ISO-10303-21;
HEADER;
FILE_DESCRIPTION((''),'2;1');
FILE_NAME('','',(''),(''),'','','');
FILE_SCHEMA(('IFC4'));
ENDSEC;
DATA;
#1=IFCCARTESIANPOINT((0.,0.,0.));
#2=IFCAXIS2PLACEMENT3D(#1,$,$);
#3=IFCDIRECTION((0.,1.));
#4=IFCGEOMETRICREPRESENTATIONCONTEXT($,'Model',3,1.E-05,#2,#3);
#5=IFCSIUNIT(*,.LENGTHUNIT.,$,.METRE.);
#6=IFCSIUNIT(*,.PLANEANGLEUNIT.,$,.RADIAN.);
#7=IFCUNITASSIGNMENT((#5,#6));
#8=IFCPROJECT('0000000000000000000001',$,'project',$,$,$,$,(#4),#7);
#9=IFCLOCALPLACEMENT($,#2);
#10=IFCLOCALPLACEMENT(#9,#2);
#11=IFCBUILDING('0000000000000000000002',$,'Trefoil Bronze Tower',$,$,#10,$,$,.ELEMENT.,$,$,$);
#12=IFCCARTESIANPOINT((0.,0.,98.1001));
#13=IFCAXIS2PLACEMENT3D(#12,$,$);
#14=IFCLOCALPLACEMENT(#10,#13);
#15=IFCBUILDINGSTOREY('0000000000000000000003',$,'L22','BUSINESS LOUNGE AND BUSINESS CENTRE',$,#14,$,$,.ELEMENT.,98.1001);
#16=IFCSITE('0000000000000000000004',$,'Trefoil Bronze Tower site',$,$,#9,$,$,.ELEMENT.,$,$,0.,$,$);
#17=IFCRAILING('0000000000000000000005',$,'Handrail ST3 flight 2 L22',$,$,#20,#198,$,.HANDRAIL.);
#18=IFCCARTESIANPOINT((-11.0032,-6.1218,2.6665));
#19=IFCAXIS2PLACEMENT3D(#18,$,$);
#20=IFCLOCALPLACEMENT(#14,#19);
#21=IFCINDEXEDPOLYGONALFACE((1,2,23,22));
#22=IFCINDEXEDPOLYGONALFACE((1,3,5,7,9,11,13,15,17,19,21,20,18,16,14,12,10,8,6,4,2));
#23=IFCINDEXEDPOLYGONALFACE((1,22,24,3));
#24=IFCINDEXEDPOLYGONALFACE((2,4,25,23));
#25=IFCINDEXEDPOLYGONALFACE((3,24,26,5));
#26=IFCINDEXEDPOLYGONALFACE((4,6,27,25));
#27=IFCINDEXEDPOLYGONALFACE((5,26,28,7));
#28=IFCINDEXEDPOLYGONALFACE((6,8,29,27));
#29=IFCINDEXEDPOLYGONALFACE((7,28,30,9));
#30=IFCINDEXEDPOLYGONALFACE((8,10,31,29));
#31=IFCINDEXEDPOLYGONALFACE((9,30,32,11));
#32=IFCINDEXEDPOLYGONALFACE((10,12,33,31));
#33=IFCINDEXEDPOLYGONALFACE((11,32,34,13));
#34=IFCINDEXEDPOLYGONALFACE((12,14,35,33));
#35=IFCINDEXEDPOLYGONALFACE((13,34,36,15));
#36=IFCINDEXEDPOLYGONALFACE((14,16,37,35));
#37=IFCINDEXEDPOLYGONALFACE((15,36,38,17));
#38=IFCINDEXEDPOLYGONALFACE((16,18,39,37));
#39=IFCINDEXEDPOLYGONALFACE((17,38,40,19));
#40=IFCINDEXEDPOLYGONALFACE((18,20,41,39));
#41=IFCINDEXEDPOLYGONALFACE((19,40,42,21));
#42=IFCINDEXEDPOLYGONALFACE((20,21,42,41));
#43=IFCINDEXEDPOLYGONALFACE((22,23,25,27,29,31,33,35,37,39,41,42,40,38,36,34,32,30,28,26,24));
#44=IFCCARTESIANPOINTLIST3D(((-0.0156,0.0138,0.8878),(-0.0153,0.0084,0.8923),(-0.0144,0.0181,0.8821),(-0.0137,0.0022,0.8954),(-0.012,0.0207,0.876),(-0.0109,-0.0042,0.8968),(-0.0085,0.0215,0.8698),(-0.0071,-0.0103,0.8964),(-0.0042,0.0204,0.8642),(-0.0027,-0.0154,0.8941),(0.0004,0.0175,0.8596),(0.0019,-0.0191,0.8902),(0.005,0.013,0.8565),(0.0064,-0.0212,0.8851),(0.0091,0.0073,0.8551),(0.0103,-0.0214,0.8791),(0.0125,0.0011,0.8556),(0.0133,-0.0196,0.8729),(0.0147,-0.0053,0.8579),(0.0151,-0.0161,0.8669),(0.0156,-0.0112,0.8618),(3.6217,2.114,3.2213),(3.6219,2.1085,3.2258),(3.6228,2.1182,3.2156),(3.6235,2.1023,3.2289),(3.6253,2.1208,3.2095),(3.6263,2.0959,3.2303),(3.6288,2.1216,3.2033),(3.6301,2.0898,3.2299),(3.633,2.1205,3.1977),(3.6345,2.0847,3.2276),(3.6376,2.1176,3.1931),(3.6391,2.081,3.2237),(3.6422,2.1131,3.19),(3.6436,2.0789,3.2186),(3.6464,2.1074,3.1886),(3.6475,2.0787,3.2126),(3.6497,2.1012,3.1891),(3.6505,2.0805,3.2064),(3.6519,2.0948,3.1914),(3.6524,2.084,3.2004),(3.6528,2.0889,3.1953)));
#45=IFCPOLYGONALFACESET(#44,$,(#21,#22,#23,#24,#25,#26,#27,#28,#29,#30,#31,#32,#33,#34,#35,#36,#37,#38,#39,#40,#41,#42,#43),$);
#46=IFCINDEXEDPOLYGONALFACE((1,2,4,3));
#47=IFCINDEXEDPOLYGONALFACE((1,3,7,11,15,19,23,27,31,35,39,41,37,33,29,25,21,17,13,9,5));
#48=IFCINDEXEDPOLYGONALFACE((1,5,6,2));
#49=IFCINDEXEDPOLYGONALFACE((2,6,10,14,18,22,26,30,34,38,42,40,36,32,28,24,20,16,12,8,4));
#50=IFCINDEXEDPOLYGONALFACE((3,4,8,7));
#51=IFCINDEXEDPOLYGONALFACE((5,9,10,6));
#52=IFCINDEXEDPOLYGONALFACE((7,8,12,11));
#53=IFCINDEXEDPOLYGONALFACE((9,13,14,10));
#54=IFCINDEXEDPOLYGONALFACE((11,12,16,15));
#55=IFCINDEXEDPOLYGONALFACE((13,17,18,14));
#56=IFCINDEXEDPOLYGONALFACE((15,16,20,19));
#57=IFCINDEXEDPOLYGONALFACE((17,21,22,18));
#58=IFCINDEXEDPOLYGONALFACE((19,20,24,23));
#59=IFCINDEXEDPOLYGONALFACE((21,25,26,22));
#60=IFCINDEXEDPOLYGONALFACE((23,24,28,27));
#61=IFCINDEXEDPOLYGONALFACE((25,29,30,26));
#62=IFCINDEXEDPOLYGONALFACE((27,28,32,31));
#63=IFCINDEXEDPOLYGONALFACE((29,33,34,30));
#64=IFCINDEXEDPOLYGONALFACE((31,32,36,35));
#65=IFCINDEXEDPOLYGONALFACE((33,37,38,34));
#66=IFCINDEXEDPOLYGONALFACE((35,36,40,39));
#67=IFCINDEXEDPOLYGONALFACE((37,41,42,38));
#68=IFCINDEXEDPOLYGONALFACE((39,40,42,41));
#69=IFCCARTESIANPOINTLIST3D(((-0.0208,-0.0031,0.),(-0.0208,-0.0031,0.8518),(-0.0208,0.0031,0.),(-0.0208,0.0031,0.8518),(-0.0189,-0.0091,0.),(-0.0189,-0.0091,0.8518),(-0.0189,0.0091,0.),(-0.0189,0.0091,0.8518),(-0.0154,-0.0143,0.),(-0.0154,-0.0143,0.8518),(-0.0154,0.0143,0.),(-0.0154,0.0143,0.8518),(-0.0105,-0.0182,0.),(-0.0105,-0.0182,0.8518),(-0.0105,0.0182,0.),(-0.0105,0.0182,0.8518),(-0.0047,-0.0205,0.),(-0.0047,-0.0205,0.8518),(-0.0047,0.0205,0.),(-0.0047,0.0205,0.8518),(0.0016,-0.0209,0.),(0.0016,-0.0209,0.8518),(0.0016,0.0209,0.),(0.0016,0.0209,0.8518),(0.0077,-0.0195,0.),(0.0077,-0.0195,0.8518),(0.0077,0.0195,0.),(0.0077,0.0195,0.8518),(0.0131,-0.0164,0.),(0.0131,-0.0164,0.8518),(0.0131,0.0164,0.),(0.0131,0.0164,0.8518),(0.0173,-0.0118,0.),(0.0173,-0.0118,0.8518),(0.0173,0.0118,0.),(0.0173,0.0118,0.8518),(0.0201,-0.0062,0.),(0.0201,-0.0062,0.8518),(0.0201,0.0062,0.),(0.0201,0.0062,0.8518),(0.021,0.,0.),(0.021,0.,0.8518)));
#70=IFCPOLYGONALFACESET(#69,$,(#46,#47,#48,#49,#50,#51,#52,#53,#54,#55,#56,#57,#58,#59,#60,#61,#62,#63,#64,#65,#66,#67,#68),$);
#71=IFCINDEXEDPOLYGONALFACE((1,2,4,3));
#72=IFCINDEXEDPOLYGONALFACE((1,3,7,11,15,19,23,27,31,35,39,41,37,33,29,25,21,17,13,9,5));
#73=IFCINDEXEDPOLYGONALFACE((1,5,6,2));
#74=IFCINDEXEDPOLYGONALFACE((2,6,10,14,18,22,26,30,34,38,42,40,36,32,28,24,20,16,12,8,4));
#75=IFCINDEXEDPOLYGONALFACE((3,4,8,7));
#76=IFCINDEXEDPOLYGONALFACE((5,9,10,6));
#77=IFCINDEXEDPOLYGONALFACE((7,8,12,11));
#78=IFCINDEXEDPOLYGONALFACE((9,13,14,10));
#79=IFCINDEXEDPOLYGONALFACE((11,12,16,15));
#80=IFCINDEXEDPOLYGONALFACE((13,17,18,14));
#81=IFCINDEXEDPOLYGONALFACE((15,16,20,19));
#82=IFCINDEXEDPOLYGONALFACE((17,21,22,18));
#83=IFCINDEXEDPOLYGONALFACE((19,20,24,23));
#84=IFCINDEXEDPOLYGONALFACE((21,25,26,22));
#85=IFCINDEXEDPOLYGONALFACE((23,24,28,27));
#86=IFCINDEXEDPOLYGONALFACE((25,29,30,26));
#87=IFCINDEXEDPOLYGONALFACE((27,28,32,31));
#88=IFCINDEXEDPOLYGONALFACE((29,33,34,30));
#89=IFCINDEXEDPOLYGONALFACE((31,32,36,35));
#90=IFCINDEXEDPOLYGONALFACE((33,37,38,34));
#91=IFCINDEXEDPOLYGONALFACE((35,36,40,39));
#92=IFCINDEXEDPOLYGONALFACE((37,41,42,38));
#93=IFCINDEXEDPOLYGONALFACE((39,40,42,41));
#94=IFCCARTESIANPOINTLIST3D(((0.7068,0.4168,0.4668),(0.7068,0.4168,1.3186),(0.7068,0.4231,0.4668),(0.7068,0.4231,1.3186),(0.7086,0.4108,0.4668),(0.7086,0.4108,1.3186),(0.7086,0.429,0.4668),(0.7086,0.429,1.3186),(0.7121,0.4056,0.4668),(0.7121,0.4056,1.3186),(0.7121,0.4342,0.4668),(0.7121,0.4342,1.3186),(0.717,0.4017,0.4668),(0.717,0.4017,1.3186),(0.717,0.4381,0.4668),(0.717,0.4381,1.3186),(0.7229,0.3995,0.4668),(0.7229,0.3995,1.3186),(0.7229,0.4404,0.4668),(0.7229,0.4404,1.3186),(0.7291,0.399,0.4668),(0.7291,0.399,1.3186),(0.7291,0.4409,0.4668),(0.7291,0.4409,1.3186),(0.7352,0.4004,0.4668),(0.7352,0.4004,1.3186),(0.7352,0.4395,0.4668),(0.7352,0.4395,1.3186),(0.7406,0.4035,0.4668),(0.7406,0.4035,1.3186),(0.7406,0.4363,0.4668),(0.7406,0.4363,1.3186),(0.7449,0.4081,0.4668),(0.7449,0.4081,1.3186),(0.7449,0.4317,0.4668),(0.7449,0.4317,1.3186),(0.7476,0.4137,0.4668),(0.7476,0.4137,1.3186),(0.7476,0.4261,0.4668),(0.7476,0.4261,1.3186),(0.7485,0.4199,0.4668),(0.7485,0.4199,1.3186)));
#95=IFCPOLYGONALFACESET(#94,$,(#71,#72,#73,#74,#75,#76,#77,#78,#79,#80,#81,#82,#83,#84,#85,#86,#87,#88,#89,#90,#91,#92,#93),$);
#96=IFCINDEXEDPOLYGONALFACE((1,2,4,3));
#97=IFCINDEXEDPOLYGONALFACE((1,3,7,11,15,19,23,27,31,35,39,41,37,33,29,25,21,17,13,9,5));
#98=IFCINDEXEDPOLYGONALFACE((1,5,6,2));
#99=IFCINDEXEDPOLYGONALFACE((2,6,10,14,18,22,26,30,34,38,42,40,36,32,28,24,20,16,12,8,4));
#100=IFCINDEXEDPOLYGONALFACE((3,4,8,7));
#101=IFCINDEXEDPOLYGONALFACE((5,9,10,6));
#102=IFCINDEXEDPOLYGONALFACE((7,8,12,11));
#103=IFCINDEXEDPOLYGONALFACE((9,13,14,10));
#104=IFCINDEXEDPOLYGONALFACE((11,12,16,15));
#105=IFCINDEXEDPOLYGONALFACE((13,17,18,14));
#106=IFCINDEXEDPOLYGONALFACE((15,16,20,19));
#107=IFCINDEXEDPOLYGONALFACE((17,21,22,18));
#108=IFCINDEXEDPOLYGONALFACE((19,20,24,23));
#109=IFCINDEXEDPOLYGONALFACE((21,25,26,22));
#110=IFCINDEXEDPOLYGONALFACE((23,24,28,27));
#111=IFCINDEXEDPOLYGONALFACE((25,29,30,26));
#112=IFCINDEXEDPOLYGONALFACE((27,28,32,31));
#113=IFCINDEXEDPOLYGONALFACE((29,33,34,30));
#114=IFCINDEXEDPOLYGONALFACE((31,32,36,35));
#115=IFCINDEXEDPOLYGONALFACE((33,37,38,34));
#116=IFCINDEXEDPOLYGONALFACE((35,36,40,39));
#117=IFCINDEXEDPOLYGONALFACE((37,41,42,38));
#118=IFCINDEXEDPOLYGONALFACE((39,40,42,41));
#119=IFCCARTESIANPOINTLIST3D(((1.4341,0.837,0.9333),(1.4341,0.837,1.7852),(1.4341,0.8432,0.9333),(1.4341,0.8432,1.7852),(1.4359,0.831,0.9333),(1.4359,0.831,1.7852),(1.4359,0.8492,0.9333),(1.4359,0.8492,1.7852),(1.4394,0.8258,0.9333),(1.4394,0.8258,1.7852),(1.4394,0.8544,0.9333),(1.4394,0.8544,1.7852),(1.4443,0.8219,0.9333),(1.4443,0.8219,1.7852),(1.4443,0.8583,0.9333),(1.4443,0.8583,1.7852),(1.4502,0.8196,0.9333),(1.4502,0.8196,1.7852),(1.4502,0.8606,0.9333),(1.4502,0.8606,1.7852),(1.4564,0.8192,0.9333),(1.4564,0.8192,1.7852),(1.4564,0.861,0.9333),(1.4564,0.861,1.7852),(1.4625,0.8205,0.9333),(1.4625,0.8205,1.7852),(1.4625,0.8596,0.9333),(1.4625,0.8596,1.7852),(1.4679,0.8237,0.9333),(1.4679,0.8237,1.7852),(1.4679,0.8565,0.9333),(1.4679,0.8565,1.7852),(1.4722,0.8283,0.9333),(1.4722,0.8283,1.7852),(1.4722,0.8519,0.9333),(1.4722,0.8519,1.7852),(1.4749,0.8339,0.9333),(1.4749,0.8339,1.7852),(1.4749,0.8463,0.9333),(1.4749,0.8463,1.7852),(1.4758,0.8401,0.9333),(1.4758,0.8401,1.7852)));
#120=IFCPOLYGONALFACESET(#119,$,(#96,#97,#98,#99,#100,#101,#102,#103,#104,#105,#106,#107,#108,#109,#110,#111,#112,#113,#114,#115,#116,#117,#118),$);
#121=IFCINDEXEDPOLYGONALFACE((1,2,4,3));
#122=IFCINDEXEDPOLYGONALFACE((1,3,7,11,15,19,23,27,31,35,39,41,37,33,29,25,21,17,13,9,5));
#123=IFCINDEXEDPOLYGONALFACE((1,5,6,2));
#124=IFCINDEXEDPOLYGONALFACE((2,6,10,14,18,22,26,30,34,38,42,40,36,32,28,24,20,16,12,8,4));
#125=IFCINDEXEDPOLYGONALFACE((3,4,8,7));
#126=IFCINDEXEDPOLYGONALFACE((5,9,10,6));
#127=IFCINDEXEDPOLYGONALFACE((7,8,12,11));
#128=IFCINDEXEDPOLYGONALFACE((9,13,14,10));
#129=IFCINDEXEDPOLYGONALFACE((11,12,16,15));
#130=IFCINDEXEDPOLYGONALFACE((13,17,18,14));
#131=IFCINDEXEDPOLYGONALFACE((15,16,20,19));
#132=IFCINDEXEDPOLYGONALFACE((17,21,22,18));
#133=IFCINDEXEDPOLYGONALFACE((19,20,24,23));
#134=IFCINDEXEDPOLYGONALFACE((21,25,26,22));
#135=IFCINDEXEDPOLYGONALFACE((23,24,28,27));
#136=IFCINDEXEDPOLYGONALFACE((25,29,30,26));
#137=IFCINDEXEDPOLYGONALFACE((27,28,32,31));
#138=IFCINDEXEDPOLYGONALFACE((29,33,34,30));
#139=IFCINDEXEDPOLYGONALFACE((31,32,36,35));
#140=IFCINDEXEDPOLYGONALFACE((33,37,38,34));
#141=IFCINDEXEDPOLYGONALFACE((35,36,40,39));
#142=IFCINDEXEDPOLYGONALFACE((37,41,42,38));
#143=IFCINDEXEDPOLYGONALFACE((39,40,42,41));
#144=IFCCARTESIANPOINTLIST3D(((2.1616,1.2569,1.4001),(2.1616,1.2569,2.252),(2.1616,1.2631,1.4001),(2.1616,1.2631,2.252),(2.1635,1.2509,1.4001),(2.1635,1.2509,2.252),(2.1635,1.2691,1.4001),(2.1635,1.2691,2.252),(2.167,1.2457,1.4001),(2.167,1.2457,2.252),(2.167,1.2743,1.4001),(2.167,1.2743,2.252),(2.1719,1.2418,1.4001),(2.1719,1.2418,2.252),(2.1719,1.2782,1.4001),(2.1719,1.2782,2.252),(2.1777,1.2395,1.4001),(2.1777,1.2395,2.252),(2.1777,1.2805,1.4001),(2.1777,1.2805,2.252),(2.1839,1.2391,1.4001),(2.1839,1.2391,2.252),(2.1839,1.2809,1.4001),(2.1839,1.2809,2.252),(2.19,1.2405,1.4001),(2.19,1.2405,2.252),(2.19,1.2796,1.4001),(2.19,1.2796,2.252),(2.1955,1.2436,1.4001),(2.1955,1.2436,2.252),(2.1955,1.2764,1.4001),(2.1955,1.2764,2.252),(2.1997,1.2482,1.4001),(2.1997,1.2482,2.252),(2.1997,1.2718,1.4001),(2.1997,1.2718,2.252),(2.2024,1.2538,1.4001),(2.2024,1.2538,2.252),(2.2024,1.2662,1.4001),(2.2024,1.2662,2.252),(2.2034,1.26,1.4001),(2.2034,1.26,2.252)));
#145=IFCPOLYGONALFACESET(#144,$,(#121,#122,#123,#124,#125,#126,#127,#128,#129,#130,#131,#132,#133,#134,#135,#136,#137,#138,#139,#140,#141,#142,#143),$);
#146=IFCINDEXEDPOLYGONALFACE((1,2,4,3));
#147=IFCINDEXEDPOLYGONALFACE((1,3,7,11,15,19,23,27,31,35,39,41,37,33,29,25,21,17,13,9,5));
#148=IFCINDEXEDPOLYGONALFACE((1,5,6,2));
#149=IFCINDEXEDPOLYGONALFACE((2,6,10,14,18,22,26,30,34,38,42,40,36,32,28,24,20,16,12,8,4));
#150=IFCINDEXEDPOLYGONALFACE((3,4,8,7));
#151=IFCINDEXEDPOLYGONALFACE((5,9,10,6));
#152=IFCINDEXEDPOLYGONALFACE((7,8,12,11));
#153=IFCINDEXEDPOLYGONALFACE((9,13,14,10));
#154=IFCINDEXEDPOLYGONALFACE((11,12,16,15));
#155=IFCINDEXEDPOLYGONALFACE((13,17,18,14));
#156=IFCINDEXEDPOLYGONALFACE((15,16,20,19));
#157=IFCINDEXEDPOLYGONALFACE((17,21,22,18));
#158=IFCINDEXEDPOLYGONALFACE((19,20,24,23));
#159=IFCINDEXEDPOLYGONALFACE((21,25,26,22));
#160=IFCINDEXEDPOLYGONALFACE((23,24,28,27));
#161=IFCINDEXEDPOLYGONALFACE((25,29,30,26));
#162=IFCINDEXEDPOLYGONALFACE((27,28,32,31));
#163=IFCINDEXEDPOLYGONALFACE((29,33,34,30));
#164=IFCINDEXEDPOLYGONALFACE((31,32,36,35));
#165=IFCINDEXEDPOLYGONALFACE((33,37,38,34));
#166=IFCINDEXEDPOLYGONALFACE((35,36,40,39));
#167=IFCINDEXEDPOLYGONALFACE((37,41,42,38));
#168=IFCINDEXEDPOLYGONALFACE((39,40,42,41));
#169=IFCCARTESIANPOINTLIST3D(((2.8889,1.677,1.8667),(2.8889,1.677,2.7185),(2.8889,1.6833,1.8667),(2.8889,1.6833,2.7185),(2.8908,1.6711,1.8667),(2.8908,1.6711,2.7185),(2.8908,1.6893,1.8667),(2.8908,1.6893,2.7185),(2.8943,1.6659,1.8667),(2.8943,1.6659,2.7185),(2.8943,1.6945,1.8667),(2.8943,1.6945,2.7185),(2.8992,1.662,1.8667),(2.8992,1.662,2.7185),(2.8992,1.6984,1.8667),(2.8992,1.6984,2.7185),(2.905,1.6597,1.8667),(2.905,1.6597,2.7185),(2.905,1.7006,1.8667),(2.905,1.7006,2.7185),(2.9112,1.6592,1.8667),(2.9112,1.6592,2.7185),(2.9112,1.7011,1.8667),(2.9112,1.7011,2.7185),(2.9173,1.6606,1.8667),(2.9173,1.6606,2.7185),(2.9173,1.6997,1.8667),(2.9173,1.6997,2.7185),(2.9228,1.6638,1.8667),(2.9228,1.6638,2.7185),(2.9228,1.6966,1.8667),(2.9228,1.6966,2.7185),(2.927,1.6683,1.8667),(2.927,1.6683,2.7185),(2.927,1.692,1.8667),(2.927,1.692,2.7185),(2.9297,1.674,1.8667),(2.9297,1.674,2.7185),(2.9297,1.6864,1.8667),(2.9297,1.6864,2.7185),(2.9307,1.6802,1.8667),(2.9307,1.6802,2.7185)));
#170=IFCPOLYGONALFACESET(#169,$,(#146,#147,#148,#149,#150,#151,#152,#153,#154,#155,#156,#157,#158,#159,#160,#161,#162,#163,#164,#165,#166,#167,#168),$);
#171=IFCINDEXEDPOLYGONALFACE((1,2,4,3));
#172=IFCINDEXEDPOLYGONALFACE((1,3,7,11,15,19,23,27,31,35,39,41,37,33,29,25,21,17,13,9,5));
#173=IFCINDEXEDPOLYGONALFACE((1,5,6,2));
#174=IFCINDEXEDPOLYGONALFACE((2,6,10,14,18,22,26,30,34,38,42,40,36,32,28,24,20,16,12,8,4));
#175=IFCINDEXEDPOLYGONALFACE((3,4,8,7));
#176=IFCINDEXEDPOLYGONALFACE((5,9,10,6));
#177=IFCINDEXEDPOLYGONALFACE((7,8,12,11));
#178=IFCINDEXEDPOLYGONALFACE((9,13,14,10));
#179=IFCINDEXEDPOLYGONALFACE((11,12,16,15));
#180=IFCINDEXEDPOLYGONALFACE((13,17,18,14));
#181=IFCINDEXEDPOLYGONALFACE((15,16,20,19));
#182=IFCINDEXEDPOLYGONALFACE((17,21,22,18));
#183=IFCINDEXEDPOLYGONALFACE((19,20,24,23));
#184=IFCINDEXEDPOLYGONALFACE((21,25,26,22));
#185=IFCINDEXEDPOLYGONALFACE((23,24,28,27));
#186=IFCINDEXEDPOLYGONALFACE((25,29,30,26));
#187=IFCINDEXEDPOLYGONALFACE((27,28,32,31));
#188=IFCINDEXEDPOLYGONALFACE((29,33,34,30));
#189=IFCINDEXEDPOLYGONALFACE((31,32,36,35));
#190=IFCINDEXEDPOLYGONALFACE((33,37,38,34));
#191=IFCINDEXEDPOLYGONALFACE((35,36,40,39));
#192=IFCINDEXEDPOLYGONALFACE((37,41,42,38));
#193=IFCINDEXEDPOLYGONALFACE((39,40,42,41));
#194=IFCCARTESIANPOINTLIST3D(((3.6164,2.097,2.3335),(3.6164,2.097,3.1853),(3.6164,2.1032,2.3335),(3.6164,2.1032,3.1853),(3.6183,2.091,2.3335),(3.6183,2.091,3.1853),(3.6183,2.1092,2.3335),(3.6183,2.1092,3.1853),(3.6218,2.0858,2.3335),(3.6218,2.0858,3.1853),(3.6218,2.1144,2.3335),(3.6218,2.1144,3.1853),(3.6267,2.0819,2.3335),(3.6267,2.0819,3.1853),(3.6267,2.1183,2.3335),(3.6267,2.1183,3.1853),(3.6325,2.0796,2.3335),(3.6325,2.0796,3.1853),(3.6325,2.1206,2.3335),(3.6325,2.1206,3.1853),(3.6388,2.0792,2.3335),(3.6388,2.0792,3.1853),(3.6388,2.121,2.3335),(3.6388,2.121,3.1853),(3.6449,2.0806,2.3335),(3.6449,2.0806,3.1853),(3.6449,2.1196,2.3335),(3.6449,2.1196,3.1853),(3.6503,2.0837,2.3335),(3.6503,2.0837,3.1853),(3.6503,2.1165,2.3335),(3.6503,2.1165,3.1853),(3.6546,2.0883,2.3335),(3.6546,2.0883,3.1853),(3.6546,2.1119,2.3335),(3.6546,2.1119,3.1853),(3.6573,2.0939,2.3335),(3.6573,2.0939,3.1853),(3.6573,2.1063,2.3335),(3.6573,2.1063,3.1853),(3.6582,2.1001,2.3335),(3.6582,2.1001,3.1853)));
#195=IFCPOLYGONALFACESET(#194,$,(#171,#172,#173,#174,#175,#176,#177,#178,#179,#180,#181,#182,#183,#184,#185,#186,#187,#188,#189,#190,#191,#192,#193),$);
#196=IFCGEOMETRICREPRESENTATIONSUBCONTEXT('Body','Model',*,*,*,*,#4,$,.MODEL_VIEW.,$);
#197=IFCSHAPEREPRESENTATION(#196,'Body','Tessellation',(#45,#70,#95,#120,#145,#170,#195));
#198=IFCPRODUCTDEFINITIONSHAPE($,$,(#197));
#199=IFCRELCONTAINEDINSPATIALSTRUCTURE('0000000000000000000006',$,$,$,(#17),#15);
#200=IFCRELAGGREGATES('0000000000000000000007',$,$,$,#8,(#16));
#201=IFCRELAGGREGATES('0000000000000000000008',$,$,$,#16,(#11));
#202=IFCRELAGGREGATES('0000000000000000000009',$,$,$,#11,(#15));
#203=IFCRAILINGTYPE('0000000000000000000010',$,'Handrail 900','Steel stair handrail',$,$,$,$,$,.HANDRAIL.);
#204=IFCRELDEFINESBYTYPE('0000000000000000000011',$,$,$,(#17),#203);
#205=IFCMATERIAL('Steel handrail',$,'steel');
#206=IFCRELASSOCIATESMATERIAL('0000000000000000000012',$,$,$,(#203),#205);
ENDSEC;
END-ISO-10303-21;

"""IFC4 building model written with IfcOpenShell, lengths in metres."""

from ifc_helpers import new_model, si_unit, direction, frame, origin, origin_2d, place, context, subcontext, project, spatial, circle, extrude, material, type_object, element, save


model = new_model("IFC4")

# Units and contexts
model_context = context("Model", 3, precision=1e-05, world=origin(), true_north=direction((0.0, 1.0)))
body_context = subcontext(model_context, "Body", "Model", "MODEL_VIEW")
ifc_project = project(units=[si_unit("LENGTHUNIT", "METRE"), si_unit("PLANEANGLEUNIT", "RADIAN")], contexts=[model_context])

# Site, building, storey
site_placement = place(None, origin())
site = spatial("IfcSite", under=ifc_project, at=site_placement, Name="Trefoil Bronze Tower site", CompositionType="ELEMENT", RefElevation=0.0)
building_placement = place(site_placement, origin())
building = spatial("IfcBuilding", under=site, at=building_placement, Name="Trefoil Bronze Tower", CompositionType="ELEMENT")
storey_placement = place(building_placement, frame((0.0, 0.0, 98.1001)))
storey = spatial("IfcBuildingStorey", under=building, at=storey_placement, Name="L22", Description="BUSINESS LOUNGE AND BUSINESS CENTRE", CompositionType="ELEMENT", Elevation=98.1001)

# Railing
ifc_material_1 = material(Name="Steel handrail", Category="steel")
railing_type = type_object("IfcRailingType", Name="Handrail 900", Description="Steel stair handrail", PredefinedType="HANDRAIL", material=ifc_material_1)
railing_1_placement = place(storey_placement, frame((-11.0032, -6.1218, 2.6665)))
element("IfcRailing", 1, at=railing_1_placement, inside=storey, type_object=railing_type, Name="Handrail ST3 flight 2 L22", PredefinedType="HANDRAIL", context=body_context, shape_type="SweptSolid", body=[
    extrude(circle(Radius=0.0239, at=origin_2d()), frame((0.0, 0.0, 0.876), z_axis=(0.757014, 0.437095, 0.485672), x_axis=(-0.500028, 0.866009, 0.0)), (0.0, 0.0, 1.0), 4.8047),
    extrude(circle(Radius=0.021, at=origin_2d()), origin(), (0.0, 0.0, 1.0), 0.8518),
    extrude(circle(Radius=0.021, at=origin_2d()), frame((0.7275, 0.4199, 0.4668)), (0.0, 0.0, 1.0), 0.8518),
    extrude(circle(Radius=0.021, at=origin_2d()), frame((1.4548, 0.8401, 0.9333)), (0.0, 0.0, 1.0), 0.8518),
    extrude(circle(Radius=0.021, at=origin_2d()), frame((2.1824, 1.26, 1.4001)), (0.0, 0.0, 1.0), 0.8518),
    extrude(circle(Radius=0.021, at=origin_2d()), frame((2.9097, 1.6802, 1.8667)), (0.0, 0.0, 1.0), 0.8518),
    extrude(circle(Radius=0.021, at=origin_2d()), frame((3.6372, 2.1001, 2.3335)), (0.0, 0.0, 1.0), 0.8518),
])

save(model, "model.ifc")
